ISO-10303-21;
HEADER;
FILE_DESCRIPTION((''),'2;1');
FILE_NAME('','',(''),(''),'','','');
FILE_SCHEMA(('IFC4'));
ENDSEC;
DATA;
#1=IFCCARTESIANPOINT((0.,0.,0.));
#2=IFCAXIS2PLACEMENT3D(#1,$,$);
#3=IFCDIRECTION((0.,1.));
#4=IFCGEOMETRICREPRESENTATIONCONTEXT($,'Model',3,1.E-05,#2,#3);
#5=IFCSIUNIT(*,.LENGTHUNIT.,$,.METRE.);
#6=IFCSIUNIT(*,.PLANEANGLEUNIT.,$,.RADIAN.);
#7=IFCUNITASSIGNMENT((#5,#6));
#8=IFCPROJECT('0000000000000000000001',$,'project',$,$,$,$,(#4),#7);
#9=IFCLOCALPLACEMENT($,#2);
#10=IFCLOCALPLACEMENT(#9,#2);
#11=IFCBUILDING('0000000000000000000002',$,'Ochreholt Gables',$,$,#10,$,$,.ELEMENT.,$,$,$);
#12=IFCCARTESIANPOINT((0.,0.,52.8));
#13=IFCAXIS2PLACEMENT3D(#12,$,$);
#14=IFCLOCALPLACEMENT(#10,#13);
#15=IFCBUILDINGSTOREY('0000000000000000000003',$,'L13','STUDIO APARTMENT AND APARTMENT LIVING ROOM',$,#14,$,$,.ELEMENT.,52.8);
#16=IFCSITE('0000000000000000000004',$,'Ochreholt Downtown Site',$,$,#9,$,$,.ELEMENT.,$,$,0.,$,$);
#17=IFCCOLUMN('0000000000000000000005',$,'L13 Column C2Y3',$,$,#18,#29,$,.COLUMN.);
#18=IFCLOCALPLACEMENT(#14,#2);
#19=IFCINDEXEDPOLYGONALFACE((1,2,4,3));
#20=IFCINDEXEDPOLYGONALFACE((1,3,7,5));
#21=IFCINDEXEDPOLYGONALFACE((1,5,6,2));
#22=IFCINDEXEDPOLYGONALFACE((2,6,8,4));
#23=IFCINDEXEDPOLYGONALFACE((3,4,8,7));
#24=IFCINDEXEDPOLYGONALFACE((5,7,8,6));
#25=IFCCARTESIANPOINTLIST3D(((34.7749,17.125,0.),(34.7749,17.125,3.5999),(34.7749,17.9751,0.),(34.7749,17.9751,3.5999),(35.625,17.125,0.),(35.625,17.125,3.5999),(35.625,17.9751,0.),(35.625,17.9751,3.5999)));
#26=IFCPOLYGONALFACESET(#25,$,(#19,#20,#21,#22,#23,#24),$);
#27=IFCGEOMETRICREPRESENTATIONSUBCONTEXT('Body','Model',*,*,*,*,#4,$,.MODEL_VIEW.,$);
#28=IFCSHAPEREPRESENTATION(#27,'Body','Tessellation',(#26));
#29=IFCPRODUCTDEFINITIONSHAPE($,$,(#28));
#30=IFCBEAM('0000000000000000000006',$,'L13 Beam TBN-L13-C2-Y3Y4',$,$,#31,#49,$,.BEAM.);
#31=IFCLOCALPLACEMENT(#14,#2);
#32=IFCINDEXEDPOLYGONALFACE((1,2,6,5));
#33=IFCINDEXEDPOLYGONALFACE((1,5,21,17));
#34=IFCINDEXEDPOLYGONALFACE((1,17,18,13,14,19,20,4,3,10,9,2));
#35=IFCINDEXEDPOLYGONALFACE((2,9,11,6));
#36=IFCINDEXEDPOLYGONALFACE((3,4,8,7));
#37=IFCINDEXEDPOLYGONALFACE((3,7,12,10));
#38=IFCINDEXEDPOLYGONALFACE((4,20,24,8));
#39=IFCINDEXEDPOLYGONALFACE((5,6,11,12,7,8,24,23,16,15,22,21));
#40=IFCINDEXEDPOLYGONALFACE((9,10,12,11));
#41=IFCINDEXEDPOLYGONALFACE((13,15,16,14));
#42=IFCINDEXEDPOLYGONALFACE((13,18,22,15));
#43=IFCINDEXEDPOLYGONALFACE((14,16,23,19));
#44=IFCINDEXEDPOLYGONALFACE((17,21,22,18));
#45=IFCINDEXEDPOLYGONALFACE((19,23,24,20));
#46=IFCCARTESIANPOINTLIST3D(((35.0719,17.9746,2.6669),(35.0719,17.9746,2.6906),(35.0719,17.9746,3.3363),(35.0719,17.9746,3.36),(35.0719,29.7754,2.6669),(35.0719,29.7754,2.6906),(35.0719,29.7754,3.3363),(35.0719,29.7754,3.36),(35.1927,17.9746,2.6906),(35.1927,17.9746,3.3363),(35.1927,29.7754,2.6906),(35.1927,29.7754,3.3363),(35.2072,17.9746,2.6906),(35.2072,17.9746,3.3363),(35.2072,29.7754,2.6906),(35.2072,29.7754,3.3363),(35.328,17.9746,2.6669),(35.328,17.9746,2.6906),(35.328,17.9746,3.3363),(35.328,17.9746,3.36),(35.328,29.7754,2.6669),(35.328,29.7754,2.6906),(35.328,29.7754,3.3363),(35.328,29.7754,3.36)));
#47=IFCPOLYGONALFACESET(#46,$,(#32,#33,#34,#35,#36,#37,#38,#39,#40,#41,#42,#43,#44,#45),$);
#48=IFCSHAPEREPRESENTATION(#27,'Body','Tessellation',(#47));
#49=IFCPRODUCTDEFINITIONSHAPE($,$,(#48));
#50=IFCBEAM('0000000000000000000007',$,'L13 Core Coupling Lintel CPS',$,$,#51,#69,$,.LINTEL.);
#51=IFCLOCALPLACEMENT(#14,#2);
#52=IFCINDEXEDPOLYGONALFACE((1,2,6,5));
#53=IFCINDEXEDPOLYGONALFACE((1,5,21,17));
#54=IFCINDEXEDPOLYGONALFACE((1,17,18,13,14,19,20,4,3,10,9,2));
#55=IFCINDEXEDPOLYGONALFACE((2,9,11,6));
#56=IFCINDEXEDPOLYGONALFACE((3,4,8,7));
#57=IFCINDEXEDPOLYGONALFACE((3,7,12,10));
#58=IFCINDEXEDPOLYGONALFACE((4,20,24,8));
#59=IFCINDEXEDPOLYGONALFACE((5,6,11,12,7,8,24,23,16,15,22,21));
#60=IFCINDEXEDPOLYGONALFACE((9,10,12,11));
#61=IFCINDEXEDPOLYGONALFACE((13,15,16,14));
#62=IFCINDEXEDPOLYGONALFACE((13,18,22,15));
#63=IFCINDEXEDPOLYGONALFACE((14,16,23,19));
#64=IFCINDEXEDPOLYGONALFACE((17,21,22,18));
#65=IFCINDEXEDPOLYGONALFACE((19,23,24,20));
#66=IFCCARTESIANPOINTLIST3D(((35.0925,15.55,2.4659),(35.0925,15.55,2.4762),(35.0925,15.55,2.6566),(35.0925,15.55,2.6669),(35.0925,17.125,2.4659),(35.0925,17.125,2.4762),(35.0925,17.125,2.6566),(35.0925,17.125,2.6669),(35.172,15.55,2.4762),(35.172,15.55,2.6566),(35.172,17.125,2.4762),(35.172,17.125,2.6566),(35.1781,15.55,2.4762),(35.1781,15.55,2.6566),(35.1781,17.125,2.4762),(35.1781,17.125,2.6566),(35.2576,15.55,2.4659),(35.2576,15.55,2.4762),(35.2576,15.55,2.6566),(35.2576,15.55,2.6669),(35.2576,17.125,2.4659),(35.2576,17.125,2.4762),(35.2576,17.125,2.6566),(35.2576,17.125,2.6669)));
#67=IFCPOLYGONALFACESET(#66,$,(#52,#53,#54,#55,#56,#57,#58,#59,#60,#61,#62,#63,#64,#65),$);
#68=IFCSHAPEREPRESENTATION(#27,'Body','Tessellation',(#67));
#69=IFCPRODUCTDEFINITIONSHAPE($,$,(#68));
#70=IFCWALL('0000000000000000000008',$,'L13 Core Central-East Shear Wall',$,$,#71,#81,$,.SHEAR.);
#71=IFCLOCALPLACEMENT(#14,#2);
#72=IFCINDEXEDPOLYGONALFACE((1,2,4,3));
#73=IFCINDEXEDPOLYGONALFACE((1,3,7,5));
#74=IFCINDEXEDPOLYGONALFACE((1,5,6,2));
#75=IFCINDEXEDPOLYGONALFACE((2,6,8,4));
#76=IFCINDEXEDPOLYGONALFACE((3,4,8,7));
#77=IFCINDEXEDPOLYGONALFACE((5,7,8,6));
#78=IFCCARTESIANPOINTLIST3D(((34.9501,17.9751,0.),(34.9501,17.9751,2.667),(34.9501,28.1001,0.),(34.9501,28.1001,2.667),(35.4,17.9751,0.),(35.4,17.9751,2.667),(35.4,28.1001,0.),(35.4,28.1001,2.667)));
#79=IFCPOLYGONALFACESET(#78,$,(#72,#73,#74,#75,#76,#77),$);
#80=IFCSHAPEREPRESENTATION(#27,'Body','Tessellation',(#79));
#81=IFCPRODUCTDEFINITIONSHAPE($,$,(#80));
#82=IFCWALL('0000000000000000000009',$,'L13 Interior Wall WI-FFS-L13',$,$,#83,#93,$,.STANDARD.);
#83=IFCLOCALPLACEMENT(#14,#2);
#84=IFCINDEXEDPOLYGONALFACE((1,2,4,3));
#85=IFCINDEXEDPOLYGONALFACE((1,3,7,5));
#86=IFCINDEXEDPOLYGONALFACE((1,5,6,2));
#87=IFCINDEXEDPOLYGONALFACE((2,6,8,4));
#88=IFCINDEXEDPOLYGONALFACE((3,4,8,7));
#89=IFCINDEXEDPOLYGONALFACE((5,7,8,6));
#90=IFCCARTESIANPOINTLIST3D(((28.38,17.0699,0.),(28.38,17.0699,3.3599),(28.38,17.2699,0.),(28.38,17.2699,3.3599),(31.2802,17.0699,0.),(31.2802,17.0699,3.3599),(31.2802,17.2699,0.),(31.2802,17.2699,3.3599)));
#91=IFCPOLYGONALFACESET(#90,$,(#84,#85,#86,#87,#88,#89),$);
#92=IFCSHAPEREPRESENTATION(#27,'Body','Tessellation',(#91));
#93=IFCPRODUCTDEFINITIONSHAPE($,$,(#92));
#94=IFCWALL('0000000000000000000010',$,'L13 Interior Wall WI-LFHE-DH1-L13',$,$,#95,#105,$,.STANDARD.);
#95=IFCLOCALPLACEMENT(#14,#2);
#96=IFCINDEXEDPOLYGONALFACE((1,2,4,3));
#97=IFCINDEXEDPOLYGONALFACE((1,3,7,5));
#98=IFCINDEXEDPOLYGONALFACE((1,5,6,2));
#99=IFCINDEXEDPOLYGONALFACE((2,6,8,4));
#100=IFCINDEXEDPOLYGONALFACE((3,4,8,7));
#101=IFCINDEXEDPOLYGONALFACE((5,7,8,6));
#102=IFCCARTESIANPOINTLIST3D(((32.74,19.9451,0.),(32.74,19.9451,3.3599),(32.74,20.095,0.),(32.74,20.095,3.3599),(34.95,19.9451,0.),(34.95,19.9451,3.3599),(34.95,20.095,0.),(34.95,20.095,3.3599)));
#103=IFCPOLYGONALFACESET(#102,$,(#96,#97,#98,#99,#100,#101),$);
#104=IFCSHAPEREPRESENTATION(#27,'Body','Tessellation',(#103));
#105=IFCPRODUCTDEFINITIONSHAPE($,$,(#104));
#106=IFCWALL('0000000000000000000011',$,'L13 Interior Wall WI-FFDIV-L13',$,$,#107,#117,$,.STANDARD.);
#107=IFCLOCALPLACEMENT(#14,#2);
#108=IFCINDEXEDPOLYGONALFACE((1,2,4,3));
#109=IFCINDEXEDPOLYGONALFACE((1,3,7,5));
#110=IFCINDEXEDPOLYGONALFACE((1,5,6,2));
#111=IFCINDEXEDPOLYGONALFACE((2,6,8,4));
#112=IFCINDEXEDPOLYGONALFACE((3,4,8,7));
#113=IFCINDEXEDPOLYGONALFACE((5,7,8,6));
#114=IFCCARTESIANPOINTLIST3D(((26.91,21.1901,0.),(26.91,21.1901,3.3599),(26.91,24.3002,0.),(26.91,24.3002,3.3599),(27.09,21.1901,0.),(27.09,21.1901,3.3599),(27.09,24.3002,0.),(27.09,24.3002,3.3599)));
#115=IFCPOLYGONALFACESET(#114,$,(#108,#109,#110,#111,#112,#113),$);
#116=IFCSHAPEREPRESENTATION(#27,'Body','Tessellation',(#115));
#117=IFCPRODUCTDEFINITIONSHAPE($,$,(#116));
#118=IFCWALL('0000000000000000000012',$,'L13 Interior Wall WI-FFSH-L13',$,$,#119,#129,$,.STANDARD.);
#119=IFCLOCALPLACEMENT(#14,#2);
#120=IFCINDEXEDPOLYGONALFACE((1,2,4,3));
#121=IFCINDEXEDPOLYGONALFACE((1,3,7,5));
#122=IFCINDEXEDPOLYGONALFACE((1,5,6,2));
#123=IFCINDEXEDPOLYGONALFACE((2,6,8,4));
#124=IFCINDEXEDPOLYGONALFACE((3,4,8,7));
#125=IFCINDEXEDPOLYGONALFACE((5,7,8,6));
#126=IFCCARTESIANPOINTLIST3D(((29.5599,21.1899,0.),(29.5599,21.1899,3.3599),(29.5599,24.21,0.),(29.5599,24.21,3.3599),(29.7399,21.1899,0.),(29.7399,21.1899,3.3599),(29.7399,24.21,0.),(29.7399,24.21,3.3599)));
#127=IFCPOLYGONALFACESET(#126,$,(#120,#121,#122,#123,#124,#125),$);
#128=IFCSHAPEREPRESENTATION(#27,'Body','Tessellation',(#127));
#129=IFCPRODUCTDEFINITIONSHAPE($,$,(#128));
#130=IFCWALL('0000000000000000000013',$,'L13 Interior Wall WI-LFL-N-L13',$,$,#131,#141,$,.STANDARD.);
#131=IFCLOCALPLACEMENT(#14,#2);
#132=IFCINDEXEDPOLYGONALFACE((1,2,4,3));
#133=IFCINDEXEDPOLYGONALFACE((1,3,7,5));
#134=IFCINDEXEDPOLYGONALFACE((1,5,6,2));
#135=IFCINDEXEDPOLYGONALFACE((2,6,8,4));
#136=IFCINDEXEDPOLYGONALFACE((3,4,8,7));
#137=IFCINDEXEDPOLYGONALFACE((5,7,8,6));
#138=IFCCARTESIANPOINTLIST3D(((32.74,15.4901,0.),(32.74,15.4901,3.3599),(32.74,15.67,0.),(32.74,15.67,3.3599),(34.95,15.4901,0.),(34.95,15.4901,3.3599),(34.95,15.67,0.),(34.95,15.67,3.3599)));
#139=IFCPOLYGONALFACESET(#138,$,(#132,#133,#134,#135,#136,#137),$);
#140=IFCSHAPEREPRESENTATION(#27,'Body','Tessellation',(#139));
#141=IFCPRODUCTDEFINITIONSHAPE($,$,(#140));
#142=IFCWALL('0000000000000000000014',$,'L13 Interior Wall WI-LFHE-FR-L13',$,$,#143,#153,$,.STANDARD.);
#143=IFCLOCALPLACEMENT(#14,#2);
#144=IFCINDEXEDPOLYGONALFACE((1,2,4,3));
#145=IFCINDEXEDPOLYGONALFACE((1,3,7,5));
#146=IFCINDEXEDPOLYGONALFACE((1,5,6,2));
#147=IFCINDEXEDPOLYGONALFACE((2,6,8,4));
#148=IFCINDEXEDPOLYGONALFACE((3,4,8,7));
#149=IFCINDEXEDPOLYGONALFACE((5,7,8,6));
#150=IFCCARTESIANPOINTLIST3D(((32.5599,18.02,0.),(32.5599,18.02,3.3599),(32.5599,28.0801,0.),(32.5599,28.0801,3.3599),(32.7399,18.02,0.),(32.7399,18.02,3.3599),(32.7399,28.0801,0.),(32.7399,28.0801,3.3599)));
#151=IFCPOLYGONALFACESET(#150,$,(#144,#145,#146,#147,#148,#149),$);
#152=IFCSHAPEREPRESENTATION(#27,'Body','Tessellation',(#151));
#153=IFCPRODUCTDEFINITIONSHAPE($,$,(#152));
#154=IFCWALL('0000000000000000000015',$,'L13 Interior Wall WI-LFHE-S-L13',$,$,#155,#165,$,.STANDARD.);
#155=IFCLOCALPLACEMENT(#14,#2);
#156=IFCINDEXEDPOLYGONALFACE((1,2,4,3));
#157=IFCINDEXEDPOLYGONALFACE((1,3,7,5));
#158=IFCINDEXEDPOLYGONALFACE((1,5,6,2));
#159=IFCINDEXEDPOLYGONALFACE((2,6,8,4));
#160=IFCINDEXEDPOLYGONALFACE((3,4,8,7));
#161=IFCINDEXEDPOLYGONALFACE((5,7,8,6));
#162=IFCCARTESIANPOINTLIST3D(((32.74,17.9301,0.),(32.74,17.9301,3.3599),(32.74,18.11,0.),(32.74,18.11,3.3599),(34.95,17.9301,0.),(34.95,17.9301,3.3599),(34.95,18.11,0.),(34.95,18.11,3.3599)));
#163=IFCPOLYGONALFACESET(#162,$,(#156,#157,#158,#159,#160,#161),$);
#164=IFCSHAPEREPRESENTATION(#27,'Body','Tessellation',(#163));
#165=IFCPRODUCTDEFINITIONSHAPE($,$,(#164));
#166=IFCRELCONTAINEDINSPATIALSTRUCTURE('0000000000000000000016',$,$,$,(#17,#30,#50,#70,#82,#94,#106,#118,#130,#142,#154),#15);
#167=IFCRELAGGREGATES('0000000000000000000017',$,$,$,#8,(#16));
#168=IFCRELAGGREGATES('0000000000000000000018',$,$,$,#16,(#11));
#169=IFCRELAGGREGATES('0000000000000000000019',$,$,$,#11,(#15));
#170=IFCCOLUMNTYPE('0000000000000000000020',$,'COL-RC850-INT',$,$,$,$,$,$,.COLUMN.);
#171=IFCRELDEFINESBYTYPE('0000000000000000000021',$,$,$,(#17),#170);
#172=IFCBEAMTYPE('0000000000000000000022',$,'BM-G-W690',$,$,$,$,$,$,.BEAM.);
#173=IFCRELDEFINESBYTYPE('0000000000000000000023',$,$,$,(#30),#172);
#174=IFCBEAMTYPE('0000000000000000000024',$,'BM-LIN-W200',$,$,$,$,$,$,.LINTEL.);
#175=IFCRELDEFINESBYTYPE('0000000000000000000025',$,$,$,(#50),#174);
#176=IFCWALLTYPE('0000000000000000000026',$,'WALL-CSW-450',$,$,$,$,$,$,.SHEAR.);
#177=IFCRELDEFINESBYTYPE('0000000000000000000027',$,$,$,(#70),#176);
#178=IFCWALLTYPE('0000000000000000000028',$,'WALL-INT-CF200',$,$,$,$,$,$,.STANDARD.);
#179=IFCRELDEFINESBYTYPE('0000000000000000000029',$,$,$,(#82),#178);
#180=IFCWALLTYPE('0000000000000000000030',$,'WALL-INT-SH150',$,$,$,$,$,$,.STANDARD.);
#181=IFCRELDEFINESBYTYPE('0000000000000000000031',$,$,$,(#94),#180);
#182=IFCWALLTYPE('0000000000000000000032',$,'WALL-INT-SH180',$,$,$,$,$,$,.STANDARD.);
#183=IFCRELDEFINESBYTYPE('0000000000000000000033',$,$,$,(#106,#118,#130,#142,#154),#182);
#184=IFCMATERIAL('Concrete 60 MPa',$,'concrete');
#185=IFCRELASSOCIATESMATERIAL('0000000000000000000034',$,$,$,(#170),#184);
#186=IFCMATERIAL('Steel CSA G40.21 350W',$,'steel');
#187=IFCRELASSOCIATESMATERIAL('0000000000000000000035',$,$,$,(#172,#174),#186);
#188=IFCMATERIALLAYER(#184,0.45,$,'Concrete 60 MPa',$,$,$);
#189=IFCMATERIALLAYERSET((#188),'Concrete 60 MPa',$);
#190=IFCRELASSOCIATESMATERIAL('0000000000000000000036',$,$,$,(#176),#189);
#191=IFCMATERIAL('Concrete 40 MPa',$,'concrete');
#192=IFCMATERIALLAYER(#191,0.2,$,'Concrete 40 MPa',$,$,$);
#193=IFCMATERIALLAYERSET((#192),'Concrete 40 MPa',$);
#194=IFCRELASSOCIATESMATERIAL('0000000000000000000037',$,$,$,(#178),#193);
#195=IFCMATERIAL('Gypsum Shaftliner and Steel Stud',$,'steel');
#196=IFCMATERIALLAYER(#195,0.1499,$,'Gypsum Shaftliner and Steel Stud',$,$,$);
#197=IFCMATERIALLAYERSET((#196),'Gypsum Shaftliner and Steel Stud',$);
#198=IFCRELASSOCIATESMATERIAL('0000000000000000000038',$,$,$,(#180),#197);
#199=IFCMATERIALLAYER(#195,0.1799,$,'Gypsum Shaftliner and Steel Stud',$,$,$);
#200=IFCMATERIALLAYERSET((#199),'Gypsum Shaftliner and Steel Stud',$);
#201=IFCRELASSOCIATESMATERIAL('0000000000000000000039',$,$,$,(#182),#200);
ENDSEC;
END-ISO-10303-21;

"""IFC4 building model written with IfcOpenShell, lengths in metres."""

from ifc_helpers import new_model, si_unit, direction, frame, frame_2d, origin, origin_2d, place, context, subcontext, project, spatial, rectangle, i_section, extrude, material, layer, layer_set, material_profile, profile_set, type_object, element, save


model = new_model("IFC4")

# Units and contexts
model_context = context("Model", 3, precision=1e-05, world=origin(), true_north=direction((0.0, 1.0)))
body_context = subcontext(model_context, "Body", "Model", "MODEL_VIEW")
ifc_project = project(units=[si_unit("LENGTHUNIT", "METRE"), si_unit("PLANEANGLEUNIT", "RADIAN")], contexts=[model_context])

# Site, building, storey
site_placement = place(None, origin())
site = spatial("IfcSite", under=ifc_project, at=site_placement, Name="Ochreholt Downtown Site", CompositionType="ELEMENT", RefElevation=0.0)
building_placement = place(site_placement, origin())
building = spatial("IfcBuilding", under=site, at=building_placement, Name="Ochreholt Gables", CompositionType="ELEMENT")
storey_placement = place(building_placement, frame((0.0, 0.0, 52.8)))
storey = spatial("IfcBuildingStorey", under=building, at=storey_placement, Name="L13", Description="STUDIO APARTMENT AND APARTMENT LIVING ROOM", CompositionType="ELEMENT", Elevation=52.8)

# Column
ifc_material_1 = material(Name="Concrete 60 MPa", Category="concrete")
ifc_material_profile_1 = material_profile(ifc_material_1, rectangle(XDim=0.8501, YDim=0.8501, at=origin_2d()), Name="RC850X850")
ifc_profile_set_1 = profile_set([ifc_material_profile_1], Name="Concrete 60 MPa")
column_type = type_object("IfcColumnType", Name="COL-RC850-INT", PredefinedType="COLUMN", material=ifc_profile_set_1)
column_placement = place(storey_placement, frame((35.2, 17.55, 0.0), z_axis=(0.0, 0.0, 1.0), x_axis=(1.0, 0.0, 0.0)))
element("IfcColumn", 1, at=column_placement, inside=storey, type_object=column_type, Name="L13 Column C2Y3", PredefinedType="COLUMN", context=body_context, shape_type="SweptSolid", body=[
    extrude(rectangle(XDim=0.8501, YDim=0.8501, at=origin_2d()), origin(), (0.0, 0.0, 1.0), 3.5999),
])

# Beams
ifc_material_2 = material(Name="Steel CSA G40.21 350W", Category="steel")
ifc_material_profile_2 = material_profile(ifc_material_2, i_section(OverallWidth=0.2561, OverallDepth=0.6931, WebThickness=0.0144, FlangeThickness=0.0237, at=origin_2d()), Name="W690X170")
ifc_profile_set_2 = profile_set([ifc_material_profile_2], Name="Steel CSA G40.21 350W")
beam_type_1 = type_object("IfcBeamType", Name="BM-G-W690", PredefinedType="BEAM", material=ifc_profile_set_2)
beam_1_placement = place(storey_placement, frame((35.2, 17.9746, 3.0134), z_axis=(0.0, 1.0, 0.0), x_axis=(-1.0, 0.0, 0.0)))
element("IfcBeam", 2, at=beam_1_placement, inside=storey, type_object=beam_type_1, Name="L13 Beam TBN-L13-C2-Y3Y4", PredefinedType="BEAM", context=body_context, shape_type="SweptSolid", body=[
    extrude(i_section(OverallWidth=0.2561, OverallDepth=0.6931, WebThickness=0.0144, FlangeThickness=0.0237, at=origin_2d()), origin(), (0.0, 0.0, 1.0), 11.8008),
])
ifc_material_profile_3 = material_profile(ifc_material_2, i_section(OverallWidth=0.165, OverallDepth=0.2009, WebThickness=0.0061, FlangeThickness=0.0103, at=origin_2d()), Name="W200X36")
ifc_profile_set_3 = profile_set([ifc_material_profile_3], Name="Steel CSA G40.21 350W")
beam_type_2 = type_object("IfcBeamType", Name="BM-LIN-W200", PredefinedType="LINTEL", material=ifc_profile_set_3)
beam_2_placement = place(storey_placement, frame((35.175, 15.55, 2.5664), z_axis=(0.0, 1.0, 0.0), x_axis=(-1.0, 0.0, 0.0)))
element("IfcBeam", 3, at=beam_2_placement, inside=storey, type_object=beam_type_2, Name="L13 Core Coupling Lintel CPS", PredefinedType="LINTEL", context=body_context, shape_type="SweptSolid", body=[
    extrude(i_section(OverallWidth=0.165, OverallDepth=0.2009, WebThickness=0.0061, FlangeThickness=0.0103, at=origin_2d()), origin(), (0.0, 0.0, 1.0), 1.575),
])

# Walls
ifc_layer_1 = layer(ifc_material_1, 0.45, Name="Concrete 60 MPa")
ifc_layer_set_1 = layer_set([ifc_layer_1], Name="Concrete 60 MPa")
wall_type_1 = type_object("IfcWallType", Name="WALL-CSW-450", PredefinedType="SHEAR", material=ifc_layer_set_1)
wall_1_placement = place(storey_placement, frame((35.175, 17.9751, 0.0), z_axis=(0.0, 0.0, 1.0), x_axis=(0.0, 1.0, 0.0)))
element("IfcWall", 4, at=wall_1_placement, inside=storey, type_object=wall_type_1, Name="L13 Core Central-East Shear Wall", PredefinedType="SHEAR", context=body_context, shape_type="SweptSolid", body=[
    extrude(rectangle(XDim=10.125, YDim=0.45, at=frame_2d((5.0625, 0.0))), origin(), (0.0, 0.0, 1.0), 2.667),
])
ifc_material_3 = material(Name="Concrete 40 MPa", Category="concrete")
ifc_layer_2 = layer(ifc_material_3, 0.2, Name="Concrete 40 MPa")
ifc_layer_set_2 = layer_set([ifc_layer_2], Name="Concrete 40 MPa")
wall_type_2 = type_object("IfcWallType", Name="WALL-INT-CF200", PredefinedType="STANDARD", material=ifc_layer_set_2)
wall_2_placement = place(storey_placement, frame((28.3799, 17.1699, 0.0), z_axis=(0.0, 0.0, 1.0), x_axis=(1.0, 0.0, 0.0)))
element("IfcWall", 5, at=wall_2_placement, inside=storey, type_object=wall_type_2, Name="L13 Interior Wall WI-FFS-L13", PredefinedType="STANDARD", context=body_context, shape_type="SweptSolid", body=[
    extrude(rectangle(XDim=2.9001, YDim=0.2, at=frame_2d((1.4502, 0.0))), origin(), (0.0, 0.0, 1.0), 3.3599),
])

# Walls
ifc_material_4 = material(Name="Gypsum Shaftliner and Steel Stud", Category="steel")
ifc_layer_3 = layer(ifc_material_4, 0.1499, Name="Gypsum Shaftliner and Steel Stud")
ifc_layer_set_3 = layer_set([ifc_layer_3], Name="Gypsum Shaftliner and Steel Stud")
wall_type_3 = type_object("IfcWallType", Name="WALL-INT-SH150", PredefinedType="STANDARD", material=ifc_layer_set_3)
wall_3_placement = place(storey_placement, frame((32.74, 20.02, 0.0), z_axis=(0.0, 0.0, 1.0), x_axis=(1.0, 0.0, 0.0)))
element("IfcWall", 6, at=wall_3_placement, inside=storey, type_object=wall_type_3, Name="L13 Interior Wall WI-LFHE-DH1-L13", PredefinedType="STANDARD", context=body_context, shape_type="SweptSolid", body=[
    extrude(rectangle(XDim=2.21, YDim=0.1499, at=frame_2d((1.105, 0.0))), origin(), (0.0, 0.0, 1.0), 3.3599),
])
ifc_layer_4 = layer(ifc_material_4, 0.1799, Name="Gypsum Shaftliner and Steel Stud")
ifc_layer_set_4 = layer_set([ifc_layer_4], Name="Gypsum Shaftliner and Steel Stud")
wall_type_4 = type_object("IfcWallType", Name="WALL-INT-SH180", PredefinedType="STANDARD", material=ifc_layer_set_4)
wall_4_placement = place(storey_placement, frame((27.0, 21.1899, 0.0), z_axis=(0.0, 0.0, 1.0), x_axis=(0.0, 1.0, 0.0)))
element("IfcWall", 7, at=wall_4_placement, inside=storey, type_object=wall_type_4, Name="L13 Interior Wall WI-FFDIV-L13", PredefinedType="STANDARD", context=body_context, shape_type="SweptSolid", body=[
    extrude(rectangle(XDim=3.1101, YDim=0.1799, at=frame_2d((1.5552, 0.0))), origin(), (0.0, 0.0, 1.0), 3.3599),
])
wall_5_placement = place(storey_placement, frame((29.6499, 21.1899, 0.0), z_axis=(0.0, 0.0, 1.0), x_axis=(0.0, 1.0, 0.0)))
element("IfcWall", 8, at=wall_5_placement, inside=storey, type_object=wall_type_4, Name="L13 Interior Wall WI-FFSH-L13", PredefinedType="STANDARD", context=body_context, shape_type="SweptSolid", body=[
    extrude(rectangle(XDim=3.02, YDim=0.1799, at=frame_2d((1.51, 0.0))), origin(), (0.0, 0.0, 1.0), 3.3599),
])
wall_6_placement = place(storey_placement, frame((32.74, 15.5801, 0.0), z_axis=(0.0, 0.0, 1.0), x_axis=(1.0, 0.0, 0.0)))
element("IfcWall", 9, at=wall_6_placement, inside=storey, type_object=wall_type_4, Name="L13 Interior Wall WI-LFL-N-L13", PredefinedType="STANDARD", context=body_context, shape_type="SweptSolid", body=[
    extrude(rectangle(XDim=2.21, YDim=0.1799, at=frame_2d((1.105, 0.0))), origin(), (0.0, 0.0, 1.0), 3.3599),
])
wall_7_placement = place(storey_placement, frame((32.6499, 18.02, 0.0), z_axis=(0.0, 0.0, 1.0), x_axis=(0.0, 1.0, 0.0)))
element("IfcWall", 10, at=wall_7_placement, inside=storey, type_object=wall_type_4, Name="L13 Interior Wall WI-LFHE-FR-L13", PredefinedType="STANDARD", context=body_context, shape_type="SweptSolid", body=[
    extrude(rectangle(XDim=10.0601, YDim=0.1799, at=frame_2d((5.03, 0.0))), origin(), (0.0, 0.0, 1.0), 3.3599),
])
wall_8_placement = place(storey_placement, frame((32.74, 18.02, 0.0), z_axis=(0.0, 0.0, 1.0), x_axis=(1.0, 0.0, 0.0)))
element("IfcWall", 11, at=wall_8_placement, inside=storey, type_object=wall_type_4, Name="L13 Interior Wall WI-LFHE-S-L13", PredefinedType="STANDARD", context=body_context, shape_type="SweptSolid", body=[
    extrude(rectangle(XDim=2.21, YDim=0.1799, at=frame_2d((1.105, 0.0))), origin(), (0.0, 0.0, 1.0), 3.3599),
])

save(model, "model.ifc")
